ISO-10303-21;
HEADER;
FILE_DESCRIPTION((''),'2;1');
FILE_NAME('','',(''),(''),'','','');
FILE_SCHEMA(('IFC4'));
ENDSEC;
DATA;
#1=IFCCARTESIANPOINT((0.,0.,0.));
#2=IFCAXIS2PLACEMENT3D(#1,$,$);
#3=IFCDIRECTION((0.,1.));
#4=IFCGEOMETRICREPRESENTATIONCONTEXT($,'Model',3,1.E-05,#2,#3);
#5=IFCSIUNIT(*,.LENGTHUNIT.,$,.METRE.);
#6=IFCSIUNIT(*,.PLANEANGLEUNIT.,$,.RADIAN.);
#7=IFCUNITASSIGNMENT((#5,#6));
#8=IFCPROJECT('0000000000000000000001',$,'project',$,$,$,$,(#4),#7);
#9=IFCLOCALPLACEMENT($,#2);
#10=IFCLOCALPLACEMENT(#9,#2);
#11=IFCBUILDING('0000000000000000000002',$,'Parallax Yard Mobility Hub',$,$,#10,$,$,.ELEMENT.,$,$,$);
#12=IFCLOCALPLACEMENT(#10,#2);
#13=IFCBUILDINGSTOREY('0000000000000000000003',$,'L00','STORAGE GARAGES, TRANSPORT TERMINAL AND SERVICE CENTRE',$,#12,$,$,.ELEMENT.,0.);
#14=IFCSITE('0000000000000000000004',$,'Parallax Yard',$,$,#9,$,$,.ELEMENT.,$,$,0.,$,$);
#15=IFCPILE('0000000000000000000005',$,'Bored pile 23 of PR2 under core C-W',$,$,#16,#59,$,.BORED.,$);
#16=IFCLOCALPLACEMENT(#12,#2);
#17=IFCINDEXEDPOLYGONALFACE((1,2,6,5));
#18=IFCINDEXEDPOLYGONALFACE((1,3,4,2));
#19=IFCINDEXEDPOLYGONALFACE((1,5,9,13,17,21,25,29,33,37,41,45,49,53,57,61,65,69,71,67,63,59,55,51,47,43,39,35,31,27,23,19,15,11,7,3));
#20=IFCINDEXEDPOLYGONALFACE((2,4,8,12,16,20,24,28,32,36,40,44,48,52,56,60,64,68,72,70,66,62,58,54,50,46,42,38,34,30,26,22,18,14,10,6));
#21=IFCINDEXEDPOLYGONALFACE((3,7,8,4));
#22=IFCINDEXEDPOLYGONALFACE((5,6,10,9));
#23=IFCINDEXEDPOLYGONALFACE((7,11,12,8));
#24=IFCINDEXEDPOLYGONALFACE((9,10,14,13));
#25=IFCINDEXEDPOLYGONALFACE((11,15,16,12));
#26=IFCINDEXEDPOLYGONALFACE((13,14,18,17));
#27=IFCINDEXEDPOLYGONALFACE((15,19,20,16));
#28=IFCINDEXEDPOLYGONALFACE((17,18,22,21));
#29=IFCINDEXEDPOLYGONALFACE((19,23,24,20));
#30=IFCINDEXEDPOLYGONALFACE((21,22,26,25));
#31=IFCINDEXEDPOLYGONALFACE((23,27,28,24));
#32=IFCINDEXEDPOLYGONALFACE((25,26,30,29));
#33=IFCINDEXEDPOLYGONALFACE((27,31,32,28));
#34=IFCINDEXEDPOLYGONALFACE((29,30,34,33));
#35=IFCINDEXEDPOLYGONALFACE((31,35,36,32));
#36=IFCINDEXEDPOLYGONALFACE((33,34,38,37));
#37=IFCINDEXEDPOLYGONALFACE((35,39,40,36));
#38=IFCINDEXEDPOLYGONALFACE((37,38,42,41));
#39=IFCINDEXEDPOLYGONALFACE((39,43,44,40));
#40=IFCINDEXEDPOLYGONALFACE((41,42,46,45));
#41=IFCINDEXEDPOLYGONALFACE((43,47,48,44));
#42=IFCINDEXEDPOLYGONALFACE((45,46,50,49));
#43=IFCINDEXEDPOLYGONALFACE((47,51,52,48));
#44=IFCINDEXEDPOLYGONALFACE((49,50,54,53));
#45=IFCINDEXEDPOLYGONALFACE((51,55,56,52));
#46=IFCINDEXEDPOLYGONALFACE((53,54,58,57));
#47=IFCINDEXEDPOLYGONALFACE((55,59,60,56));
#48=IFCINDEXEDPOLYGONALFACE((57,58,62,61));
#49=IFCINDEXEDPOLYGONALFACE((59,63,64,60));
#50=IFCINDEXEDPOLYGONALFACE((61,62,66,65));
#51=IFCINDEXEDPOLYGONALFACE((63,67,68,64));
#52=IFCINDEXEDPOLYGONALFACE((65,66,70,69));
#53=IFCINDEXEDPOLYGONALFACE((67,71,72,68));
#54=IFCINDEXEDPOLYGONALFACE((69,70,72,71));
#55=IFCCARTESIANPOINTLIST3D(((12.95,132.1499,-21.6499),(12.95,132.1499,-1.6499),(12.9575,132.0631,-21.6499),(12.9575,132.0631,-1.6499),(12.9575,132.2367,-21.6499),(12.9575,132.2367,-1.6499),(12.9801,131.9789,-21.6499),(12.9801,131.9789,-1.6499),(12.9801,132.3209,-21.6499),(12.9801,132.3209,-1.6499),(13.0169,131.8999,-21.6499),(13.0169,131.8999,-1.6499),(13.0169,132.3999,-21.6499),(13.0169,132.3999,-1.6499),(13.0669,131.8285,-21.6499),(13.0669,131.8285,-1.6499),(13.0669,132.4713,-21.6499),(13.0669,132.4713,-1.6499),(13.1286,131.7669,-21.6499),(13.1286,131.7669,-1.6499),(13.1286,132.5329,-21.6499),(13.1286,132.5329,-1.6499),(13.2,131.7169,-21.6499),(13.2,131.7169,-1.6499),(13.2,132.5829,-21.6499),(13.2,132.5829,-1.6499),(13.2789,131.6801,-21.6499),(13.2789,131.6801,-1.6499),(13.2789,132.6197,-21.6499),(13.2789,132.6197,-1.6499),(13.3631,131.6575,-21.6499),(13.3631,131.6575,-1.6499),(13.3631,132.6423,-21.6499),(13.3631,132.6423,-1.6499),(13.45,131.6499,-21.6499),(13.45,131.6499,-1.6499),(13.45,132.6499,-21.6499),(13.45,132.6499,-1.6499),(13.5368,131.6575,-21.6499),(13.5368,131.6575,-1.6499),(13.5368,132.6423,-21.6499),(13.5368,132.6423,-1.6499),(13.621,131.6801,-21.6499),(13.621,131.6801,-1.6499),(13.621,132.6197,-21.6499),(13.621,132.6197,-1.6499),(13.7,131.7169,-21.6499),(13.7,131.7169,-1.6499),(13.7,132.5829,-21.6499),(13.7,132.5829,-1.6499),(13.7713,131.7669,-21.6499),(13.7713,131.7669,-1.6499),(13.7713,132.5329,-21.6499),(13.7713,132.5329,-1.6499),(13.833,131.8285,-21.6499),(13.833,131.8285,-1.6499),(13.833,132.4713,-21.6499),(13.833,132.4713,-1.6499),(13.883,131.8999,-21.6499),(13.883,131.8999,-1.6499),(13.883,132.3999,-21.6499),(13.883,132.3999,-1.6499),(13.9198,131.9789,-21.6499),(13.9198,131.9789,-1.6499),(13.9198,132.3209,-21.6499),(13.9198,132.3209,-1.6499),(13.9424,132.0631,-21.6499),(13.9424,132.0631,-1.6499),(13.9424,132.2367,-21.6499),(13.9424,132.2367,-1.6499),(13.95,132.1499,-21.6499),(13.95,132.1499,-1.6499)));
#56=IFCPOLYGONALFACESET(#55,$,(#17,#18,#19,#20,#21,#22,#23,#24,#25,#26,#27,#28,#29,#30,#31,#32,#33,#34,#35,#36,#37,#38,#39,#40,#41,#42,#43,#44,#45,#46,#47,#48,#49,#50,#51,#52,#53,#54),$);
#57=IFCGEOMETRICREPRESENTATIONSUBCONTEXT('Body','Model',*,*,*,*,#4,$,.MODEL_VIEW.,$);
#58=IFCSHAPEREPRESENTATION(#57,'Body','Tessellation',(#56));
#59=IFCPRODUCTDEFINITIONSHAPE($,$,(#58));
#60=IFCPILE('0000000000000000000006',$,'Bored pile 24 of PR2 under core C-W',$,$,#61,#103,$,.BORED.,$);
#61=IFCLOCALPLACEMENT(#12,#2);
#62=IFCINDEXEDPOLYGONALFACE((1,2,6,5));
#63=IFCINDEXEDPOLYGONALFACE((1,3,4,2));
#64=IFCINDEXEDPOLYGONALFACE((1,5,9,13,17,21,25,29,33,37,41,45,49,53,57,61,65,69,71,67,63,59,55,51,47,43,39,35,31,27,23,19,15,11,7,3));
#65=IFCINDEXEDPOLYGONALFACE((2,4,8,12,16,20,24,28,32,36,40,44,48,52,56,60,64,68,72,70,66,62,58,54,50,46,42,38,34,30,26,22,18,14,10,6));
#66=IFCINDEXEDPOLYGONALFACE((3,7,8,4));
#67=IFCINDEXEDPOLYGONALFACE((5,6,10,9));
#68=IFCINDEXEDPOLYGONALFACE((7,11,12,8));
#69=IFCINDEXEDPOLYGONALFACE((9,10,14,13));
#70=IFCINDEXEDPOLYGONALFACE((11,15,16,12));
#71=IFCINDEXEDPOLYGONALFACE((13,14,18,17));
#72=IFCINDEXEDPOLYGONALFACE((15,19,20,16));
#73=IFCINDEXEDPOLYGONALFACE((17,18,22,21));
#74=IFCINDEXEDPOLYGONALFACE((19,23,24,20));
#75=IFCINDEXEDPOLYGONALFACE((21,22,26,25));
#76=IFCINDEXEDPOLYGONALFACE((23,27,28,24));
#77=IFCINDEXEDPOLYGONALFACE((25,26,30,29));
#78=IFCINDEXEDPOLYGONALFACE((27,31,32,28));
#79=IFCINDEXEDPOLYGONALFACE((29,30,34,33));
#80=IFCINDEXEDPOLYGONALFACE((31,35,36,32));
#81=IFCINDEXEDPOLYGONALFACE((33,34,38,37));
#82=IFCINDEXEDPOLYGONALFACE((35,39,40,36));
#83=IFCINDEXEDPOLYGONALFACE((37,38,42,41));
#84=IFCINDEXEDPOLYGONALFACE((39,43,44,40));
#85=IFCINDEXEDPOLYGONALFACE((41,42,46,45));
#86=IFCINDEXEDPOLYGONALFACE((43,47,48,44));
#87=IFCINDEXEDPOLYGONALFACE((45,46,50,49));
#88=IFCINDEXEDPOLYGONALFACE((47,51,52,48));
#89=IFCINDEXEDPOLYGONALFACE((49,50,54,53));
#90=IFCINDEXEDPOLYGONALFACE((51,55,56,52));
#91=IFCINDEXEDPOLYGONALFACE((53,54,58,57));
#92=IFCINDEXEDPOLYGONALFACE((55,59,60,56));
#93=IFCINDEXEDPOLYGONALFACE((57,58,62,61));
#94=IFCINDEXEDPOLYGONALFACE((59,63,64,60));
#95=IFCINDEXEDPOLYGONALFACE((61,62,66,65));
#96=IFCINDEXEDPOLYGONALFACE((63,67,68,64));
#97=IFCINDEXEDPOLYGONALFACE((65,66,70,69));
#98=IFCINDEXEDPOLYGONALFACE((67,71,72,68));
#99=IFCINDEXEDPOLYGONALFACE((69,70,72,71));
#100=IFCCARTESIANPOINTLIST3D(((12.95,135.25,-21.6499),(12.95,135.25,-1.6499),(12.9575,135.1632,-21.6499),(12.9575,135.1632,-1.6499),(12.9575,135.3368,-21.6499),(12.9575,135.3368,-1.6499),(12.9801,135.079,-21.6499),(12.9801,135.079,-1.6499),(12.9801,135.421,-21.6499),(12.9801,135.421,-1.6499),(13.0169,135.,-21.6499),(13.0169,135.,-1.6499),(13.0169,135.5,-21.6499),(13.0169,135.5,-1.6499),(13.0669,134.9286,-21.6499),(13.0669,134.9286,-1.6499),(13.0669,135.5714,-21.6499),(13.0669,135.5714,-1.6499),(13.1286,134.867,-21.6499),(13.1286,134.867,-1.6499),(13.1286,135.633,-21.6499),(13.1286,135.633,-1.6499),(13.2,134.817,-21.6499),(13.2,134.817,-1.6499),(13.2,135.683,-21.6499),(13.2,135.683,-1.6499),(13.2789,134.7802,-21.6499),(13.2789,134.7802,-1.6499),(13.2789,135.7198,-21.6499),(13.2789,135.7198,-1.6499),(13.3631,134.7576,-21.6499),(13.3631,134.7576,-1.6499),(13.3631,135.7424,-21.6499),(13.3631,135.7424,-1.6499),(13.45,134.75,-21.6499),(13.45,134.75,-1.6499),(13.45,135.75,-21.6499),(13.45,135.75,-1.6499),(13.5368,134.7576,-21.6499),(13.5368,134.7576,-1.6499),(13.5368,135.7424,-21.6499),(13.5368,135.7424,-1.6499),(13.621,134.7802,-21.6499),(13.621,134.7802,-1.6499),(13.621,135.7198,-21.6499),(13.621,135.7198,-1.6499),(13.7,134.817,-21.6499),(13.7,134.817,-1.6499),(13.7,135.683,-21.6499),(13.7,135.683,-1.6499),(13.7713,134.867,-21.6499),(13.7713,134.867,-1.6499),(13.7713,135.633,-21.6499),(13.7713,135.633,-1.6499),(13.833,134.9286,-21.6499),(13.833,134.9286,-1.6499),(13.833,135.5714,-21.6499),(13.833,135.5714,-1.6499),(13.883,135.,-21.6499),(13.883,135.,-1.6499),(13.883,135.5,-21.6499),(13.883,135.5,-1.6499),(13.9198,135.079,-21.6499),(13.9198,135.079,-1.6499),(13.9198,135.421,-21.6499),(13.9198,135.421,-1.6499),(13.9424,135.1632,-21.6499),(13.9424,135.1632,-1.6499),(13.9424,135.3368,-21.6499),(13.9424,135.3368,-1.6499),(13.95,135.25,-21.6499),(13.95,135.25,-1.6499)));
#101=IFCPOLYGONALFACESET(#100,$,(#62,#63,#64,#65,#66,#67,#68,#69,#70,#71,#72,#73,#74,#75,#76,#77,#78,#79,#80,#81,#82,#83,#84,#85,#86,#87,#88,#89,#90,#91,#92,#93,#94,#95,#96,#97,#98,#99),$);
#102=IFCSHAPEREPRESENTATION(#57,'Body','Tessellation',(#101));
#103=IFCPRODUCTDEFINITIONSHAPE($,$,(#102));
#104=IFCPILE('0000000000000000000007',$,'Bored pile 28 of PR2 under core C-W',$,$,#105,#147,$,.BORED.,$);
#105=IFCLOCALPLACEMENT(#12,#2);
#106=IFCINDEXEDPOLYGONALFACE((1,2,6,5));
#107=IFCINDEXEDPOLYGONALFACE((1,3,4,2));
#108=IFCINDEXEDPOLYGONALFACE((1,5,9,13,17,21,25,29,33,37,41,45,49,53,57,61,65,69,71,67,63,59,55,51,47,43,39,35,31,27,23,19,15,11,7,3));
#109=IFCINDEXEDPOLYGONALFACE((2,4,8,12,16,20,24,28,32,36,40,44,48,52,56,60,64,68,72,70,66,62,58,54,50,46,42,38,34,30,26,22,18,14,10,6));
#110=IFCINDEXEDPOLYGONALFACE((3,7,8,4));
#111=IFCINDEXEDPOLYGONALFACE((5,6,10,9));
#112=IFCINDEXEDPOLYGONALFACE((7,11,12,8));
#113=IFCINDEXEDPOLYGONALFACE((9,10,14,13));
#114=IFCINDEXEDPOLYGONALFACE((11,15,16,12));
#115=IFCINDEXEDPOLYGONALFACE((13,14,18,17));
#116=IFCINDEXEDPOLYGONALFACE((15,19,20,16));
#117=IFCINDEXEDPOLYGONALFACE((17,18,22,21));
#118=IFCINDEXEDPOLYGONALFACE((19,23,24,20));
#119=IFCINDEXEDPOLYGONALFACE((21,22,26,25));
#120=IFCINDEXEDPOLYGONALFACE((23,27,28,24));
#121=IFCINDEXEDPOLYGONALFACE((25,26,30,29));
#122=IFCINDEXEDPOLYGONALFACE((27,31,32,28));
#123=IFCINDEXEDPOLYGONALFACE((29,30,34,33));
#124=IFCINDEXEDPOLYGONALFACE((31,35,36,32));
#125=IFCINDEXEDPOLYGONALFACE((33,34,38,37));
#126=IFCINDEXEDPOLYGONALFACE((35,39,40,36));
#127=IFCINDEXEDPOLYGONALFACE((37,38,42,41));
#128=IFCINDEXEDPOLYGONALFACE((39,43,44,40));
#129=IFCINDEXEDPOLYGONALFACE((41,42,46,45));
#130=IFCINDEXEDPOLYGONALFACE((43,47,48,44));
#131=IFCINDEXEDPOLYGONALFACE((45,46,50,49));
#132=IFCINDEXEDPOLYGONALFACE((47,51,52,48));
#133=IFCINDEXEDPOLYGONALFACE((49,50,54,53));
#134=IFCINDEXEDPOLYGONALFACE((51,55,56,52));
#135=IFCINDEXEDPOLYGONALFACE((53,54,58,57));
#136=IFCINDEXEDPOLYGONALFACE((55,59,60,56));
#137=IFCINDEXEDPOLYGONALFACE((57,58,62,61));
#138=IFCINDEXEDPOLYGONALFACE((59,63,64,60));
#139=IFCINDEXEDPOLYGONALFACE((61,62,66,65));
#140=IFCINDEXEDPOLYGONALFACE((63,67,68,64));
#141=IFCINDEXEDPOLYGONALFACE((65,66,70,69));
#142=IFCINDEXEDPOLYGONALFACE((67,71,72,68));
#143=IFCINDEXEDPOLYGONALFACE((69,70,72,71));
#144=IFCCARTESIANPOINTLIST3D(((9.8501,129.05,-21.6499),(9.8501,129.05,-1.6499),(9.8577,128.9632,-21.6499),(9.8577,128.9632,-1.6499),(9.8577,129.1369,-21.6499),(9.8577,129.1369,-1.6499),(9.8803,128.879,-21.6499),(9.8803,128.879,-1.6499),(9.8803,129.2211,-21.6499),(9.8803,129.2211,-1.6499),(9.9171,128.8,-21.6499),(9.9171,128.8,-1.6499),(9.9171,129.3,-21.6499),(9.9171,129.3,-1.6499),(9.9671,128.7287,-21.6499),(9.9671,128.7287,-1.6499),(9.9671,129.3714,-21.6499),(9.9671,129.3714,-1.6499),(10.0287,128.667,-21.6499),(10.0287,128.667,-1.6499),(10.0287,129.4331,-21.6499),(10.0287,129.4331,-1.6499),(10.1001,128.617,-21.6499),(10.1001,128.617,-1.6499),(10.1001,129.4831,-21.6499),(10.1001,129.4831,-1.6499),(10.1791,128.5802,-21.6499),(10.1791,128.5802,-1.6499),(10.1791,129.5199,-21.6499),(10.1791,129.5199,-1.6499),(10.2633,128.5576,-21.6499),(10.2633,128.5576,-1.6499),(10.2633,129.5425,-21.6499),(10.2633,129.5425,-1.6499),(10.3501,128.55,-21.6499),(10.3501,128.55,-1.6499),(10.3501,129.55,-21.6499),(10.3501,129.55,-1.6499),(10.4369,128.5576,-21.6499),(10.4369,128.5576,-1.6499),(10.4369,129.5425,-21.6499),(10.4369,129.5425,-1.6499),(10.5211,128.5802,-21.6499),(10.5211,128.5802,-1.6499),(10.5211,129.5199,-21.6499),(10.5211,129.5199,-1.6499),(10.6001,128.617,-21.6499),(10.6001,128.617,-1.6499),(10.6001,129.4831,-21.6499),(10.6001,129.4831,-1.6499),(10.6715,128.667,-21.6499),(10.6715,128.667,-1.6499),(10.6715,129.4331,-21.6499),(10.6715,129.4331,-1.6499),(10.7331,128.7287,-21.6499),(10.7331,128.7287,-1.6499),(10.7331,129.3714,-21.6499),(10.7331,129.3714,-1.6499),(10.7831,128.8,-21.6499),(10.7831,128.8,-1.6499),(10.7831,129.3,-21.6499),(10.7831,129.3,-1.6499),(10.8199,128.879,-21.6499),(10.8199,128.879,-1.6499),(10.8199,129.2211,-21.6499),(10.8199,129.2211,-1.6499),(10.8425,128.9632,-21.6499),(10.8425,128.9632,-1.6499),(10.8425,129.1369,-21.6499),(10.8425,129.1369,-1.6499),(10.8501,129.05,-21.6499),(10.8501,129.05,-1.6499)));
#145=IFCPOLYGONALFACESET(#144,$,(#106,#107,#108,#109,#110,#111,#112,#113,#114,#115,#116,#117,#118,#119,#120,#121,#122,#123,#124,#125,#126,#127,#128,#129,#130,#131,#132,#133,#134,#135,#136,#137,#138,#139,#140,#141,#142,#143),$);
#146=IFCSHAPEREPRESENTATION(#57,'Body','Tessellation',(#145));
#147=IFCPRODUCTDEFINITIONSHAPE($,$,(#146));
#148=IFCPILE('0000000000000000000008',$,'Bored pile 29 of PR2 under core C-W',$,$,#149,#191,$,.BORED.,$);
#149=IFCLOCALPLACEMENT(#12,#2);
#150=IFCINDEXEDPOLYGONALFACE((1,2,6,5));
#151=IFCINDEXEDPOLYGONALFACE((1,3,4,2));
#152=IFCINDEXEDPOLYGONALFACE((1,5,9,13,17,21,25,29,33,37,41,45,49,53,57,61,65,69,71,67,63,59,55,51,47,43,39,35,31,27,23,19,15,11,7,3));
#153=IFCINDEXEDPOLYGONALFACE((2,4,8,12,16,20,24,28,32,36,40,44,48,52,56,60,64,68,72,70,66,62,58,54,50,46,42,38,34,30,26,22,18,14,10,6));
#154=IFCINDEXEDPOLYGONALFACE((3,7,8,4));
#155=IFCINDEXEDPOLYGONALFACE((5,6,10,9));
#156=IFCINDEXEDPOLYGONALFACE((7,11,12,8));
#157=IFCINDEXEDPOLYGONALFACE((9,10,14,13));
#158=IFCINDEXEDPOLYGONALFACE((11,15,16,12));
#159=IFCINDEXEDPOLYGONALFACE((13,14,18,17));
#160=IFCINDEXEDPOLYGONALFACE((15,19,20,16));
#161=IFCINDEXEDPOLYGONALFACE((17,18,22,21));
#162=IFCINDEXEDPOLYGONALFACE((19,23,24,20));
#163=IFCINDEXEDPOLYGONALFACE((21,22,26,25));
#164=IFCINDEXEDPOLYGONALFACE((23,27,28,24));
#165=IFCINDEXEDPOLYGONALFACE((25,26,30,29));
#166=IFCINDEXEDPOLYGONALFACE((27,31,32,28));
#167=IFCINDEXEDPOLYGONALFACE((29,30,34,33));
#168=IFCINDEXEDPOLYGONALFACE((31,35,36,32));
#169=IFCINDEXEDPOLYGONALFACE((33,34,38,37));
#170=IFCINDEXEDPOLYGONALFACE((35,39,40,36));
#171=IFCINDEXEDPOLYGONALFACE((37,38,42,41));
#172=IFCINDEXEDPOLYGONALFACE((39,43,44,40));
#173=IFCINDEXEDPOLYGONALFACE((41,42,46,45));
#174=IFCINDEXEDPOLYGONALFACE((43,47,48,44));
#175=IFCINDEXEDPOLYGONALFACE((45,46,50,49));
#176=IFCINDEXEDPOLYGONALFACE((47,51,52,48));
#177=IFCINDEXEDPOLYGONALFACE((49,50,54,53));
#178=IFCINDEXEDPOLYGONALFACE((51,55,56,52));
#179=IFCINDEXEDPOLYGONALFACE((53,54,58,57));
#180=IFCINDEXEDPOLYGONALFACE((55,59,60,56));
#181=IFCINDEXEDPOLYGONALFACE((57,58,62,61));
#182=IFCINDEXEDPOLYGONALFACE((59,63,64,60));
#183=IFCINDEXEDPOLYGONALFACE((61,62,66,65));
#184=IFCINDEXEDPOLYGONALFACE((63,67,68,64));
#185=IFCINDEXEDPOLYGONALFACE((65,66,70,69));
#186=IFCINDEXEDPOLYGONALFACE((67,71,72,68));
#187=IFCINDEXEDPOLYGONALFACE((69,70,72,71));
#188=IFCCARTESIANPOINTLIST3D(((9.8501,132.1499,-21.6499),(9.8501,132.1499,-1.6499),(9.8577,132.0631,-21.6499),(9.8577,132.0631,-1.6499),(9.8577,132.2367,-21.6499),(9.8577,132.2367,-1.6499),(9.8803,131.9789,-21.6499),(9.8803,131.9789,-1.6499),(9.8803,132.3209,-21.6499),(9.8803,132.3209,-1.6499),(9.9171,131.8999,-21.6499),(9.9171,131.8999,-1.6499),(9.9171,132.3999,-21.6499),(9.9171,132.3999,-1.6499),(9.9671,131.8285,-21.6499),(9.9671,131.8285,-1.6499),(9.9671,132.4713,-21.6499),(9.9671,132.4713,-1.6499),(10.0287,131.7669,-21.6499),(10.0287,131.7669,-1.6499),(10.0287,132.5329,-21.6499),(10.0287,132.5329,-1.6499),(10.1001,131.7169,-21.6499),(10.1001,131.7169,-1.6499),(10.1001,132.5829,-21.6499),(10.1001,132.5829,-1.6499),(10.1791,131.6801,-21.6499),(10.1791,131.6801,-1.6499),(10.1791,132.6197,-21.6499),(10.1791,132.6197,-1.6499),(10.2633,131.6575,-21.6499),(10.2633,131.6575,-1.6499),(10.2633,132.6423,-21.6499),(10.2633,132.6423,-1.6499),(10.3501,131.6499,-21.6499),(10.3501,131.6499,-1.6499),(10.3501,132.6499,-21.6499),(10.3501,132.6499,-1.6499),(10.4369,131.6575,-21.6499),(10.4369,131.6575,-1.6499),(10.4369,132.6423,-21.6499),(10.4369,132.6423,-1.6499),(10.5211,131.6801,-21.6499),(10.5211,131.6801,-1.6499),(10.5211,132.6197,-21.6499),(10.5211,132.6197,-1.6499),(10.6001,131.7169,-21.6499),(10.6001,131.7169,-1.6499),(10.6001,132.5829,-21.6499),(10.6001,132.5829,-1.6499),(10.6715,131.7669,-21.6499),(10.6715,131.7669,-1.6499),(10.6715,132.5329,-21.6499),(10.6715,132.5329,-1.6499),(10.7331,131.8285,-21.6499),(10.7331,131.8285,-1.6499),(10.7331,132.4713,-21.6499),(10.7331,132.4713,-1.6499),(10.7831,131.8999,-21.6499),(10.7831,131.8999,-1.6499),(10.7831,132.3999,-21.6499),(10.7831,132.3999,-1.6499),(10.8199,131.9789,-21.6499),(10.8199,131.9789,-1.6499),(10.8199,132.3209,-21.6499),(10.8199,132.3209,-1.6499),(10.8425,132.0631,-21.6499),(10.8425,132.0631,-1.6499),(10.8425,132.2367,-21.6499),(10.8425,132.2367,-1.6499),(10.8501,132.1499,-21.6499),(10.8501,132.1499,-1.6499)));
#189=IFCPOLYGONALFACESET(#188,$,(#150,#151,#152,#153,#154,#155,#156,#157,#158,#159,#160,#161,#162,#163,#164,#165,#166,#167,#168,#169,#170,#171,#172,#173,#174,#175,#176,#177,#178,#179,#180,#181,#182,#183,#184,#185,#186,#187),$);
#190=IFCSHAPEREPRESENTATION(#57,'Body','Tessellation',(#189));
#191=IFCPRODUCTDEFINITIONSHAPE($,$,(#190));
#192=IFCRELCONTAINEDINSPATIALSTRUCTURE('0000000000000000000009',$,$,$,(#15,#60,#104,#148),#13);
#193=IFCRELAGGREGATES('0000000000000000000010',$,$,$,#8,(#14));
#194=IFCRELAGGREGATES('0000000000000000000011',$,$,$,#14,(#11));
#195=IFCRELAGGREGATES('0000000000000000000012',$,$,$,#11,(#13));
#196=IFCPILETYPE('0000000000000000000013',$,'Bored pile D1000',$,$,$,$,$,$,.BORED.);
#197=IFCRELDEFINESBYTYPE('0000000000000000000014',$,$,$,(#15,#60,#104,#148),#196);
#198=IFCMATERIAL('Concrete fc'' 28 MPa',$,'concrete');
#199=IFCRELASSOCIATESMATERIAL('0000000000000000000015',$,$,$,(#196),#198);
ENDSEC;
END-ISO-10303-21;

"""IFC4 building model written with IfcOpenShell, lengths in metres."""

from ifc_helpers import new_model, si_unit, direction, frame, origin, origin_2d, place, context, subcontext, project, spatial, circle, extrude, material, material_profile, profile_set, type_object, element, save


model = new_model("IFC4")

# Units and contexts
model_context = context("Model", 3, precision=1e-05, world=origin(), true_north=direction((0.0, 1.0)))
body_context = subcontext(model_context, "Body", "Model", "MODEL_VIEW")
ifc_project = project(units=[si_unit("LENGTHUNIT", "METRE"), si_unit("PLANEANGLEUNIT", "RADIAN")], contexts=[model_context])

# Site, building, storey
site_placement = place(None, origin())
site = spatial("IfcSite", under=ifc_project, at=site_placement, Name="Parallax Yard", CompositionType="ELEMENT", RefElevation=0.0)
building_placement = place(site_placement, origin())
building = spatial("IfcBuilding", under=site, at=building_placement, Name="Parallax Yard Mobility Hub", CompositionType="ELEMENT")
storey_placement = place(building_placement, origin())
storey = spatial("IfcBuildingStorey", under=building, at=storey_placement, Name="L00", Description="STORAGE GARAGES, TRANSPORT TERMINAL AND SERVICE CENTRE", CompositionType="ELEMENT", Elevation=0.0)

# Piles
ifc_material_1 = material(Name="Concrete fc' 28 MPa", Category="concrete")
ifc_material_profile = material_profile(ifc_material_1, circle(Radius=0.5, at=origin_2d()), Name="Bored pile D1000")
ifc_profile_set = profile_set([ifc_material_profile], Name="Concrete fc' 28 MPa")
pile_type = type_object("IfcPileType", Name="Bored pile D1000", PredefinedType="BORED", material=ifc_profile_set)
for number, where, z_axis, x_axis, name in (
    (1, (13.45, 132.1499, -1.6499), (0.0, 0.0, -1.0), (1.0, 0.0, 0.0), "Bored pile 23 of PR2 under core C-W"),
    (2, (13.45, 135.25, -1.6499), (0.0, 0.0, -1.0), (1.0, 0.0, 0.0), "Bored pile 24 of PR2 under core C-W"),
    (3, (10.3501, 129.05, -1.6499), (0.0, 0.0, -1.0), (1.0, 0.0, 0.0), "Bored pile 28 of PR2 under core C-W"),
    (4, (10.3501, 132.1499, -1.6499), (0.0, 0.0, -1.0), (1.0, 0.0, 0.0), "Bored pile 29 of PR2 under core C-W"),
):
    element("IfcPile", number, at=place(storey_placement, frame(where, z_axis=z_axis, x_axis=x_axis)), inside=storey, type_object=pile_type, Name=name, PredefinedType="BORED", context=body_context, shape_type="SweptSolid", body=[
        extrude(circle(Radius=0.5, at=origin_2d()), origin(), (0.0, 0.0, 1.0), 20.0),
    ])

save(model, "model.ifc")
